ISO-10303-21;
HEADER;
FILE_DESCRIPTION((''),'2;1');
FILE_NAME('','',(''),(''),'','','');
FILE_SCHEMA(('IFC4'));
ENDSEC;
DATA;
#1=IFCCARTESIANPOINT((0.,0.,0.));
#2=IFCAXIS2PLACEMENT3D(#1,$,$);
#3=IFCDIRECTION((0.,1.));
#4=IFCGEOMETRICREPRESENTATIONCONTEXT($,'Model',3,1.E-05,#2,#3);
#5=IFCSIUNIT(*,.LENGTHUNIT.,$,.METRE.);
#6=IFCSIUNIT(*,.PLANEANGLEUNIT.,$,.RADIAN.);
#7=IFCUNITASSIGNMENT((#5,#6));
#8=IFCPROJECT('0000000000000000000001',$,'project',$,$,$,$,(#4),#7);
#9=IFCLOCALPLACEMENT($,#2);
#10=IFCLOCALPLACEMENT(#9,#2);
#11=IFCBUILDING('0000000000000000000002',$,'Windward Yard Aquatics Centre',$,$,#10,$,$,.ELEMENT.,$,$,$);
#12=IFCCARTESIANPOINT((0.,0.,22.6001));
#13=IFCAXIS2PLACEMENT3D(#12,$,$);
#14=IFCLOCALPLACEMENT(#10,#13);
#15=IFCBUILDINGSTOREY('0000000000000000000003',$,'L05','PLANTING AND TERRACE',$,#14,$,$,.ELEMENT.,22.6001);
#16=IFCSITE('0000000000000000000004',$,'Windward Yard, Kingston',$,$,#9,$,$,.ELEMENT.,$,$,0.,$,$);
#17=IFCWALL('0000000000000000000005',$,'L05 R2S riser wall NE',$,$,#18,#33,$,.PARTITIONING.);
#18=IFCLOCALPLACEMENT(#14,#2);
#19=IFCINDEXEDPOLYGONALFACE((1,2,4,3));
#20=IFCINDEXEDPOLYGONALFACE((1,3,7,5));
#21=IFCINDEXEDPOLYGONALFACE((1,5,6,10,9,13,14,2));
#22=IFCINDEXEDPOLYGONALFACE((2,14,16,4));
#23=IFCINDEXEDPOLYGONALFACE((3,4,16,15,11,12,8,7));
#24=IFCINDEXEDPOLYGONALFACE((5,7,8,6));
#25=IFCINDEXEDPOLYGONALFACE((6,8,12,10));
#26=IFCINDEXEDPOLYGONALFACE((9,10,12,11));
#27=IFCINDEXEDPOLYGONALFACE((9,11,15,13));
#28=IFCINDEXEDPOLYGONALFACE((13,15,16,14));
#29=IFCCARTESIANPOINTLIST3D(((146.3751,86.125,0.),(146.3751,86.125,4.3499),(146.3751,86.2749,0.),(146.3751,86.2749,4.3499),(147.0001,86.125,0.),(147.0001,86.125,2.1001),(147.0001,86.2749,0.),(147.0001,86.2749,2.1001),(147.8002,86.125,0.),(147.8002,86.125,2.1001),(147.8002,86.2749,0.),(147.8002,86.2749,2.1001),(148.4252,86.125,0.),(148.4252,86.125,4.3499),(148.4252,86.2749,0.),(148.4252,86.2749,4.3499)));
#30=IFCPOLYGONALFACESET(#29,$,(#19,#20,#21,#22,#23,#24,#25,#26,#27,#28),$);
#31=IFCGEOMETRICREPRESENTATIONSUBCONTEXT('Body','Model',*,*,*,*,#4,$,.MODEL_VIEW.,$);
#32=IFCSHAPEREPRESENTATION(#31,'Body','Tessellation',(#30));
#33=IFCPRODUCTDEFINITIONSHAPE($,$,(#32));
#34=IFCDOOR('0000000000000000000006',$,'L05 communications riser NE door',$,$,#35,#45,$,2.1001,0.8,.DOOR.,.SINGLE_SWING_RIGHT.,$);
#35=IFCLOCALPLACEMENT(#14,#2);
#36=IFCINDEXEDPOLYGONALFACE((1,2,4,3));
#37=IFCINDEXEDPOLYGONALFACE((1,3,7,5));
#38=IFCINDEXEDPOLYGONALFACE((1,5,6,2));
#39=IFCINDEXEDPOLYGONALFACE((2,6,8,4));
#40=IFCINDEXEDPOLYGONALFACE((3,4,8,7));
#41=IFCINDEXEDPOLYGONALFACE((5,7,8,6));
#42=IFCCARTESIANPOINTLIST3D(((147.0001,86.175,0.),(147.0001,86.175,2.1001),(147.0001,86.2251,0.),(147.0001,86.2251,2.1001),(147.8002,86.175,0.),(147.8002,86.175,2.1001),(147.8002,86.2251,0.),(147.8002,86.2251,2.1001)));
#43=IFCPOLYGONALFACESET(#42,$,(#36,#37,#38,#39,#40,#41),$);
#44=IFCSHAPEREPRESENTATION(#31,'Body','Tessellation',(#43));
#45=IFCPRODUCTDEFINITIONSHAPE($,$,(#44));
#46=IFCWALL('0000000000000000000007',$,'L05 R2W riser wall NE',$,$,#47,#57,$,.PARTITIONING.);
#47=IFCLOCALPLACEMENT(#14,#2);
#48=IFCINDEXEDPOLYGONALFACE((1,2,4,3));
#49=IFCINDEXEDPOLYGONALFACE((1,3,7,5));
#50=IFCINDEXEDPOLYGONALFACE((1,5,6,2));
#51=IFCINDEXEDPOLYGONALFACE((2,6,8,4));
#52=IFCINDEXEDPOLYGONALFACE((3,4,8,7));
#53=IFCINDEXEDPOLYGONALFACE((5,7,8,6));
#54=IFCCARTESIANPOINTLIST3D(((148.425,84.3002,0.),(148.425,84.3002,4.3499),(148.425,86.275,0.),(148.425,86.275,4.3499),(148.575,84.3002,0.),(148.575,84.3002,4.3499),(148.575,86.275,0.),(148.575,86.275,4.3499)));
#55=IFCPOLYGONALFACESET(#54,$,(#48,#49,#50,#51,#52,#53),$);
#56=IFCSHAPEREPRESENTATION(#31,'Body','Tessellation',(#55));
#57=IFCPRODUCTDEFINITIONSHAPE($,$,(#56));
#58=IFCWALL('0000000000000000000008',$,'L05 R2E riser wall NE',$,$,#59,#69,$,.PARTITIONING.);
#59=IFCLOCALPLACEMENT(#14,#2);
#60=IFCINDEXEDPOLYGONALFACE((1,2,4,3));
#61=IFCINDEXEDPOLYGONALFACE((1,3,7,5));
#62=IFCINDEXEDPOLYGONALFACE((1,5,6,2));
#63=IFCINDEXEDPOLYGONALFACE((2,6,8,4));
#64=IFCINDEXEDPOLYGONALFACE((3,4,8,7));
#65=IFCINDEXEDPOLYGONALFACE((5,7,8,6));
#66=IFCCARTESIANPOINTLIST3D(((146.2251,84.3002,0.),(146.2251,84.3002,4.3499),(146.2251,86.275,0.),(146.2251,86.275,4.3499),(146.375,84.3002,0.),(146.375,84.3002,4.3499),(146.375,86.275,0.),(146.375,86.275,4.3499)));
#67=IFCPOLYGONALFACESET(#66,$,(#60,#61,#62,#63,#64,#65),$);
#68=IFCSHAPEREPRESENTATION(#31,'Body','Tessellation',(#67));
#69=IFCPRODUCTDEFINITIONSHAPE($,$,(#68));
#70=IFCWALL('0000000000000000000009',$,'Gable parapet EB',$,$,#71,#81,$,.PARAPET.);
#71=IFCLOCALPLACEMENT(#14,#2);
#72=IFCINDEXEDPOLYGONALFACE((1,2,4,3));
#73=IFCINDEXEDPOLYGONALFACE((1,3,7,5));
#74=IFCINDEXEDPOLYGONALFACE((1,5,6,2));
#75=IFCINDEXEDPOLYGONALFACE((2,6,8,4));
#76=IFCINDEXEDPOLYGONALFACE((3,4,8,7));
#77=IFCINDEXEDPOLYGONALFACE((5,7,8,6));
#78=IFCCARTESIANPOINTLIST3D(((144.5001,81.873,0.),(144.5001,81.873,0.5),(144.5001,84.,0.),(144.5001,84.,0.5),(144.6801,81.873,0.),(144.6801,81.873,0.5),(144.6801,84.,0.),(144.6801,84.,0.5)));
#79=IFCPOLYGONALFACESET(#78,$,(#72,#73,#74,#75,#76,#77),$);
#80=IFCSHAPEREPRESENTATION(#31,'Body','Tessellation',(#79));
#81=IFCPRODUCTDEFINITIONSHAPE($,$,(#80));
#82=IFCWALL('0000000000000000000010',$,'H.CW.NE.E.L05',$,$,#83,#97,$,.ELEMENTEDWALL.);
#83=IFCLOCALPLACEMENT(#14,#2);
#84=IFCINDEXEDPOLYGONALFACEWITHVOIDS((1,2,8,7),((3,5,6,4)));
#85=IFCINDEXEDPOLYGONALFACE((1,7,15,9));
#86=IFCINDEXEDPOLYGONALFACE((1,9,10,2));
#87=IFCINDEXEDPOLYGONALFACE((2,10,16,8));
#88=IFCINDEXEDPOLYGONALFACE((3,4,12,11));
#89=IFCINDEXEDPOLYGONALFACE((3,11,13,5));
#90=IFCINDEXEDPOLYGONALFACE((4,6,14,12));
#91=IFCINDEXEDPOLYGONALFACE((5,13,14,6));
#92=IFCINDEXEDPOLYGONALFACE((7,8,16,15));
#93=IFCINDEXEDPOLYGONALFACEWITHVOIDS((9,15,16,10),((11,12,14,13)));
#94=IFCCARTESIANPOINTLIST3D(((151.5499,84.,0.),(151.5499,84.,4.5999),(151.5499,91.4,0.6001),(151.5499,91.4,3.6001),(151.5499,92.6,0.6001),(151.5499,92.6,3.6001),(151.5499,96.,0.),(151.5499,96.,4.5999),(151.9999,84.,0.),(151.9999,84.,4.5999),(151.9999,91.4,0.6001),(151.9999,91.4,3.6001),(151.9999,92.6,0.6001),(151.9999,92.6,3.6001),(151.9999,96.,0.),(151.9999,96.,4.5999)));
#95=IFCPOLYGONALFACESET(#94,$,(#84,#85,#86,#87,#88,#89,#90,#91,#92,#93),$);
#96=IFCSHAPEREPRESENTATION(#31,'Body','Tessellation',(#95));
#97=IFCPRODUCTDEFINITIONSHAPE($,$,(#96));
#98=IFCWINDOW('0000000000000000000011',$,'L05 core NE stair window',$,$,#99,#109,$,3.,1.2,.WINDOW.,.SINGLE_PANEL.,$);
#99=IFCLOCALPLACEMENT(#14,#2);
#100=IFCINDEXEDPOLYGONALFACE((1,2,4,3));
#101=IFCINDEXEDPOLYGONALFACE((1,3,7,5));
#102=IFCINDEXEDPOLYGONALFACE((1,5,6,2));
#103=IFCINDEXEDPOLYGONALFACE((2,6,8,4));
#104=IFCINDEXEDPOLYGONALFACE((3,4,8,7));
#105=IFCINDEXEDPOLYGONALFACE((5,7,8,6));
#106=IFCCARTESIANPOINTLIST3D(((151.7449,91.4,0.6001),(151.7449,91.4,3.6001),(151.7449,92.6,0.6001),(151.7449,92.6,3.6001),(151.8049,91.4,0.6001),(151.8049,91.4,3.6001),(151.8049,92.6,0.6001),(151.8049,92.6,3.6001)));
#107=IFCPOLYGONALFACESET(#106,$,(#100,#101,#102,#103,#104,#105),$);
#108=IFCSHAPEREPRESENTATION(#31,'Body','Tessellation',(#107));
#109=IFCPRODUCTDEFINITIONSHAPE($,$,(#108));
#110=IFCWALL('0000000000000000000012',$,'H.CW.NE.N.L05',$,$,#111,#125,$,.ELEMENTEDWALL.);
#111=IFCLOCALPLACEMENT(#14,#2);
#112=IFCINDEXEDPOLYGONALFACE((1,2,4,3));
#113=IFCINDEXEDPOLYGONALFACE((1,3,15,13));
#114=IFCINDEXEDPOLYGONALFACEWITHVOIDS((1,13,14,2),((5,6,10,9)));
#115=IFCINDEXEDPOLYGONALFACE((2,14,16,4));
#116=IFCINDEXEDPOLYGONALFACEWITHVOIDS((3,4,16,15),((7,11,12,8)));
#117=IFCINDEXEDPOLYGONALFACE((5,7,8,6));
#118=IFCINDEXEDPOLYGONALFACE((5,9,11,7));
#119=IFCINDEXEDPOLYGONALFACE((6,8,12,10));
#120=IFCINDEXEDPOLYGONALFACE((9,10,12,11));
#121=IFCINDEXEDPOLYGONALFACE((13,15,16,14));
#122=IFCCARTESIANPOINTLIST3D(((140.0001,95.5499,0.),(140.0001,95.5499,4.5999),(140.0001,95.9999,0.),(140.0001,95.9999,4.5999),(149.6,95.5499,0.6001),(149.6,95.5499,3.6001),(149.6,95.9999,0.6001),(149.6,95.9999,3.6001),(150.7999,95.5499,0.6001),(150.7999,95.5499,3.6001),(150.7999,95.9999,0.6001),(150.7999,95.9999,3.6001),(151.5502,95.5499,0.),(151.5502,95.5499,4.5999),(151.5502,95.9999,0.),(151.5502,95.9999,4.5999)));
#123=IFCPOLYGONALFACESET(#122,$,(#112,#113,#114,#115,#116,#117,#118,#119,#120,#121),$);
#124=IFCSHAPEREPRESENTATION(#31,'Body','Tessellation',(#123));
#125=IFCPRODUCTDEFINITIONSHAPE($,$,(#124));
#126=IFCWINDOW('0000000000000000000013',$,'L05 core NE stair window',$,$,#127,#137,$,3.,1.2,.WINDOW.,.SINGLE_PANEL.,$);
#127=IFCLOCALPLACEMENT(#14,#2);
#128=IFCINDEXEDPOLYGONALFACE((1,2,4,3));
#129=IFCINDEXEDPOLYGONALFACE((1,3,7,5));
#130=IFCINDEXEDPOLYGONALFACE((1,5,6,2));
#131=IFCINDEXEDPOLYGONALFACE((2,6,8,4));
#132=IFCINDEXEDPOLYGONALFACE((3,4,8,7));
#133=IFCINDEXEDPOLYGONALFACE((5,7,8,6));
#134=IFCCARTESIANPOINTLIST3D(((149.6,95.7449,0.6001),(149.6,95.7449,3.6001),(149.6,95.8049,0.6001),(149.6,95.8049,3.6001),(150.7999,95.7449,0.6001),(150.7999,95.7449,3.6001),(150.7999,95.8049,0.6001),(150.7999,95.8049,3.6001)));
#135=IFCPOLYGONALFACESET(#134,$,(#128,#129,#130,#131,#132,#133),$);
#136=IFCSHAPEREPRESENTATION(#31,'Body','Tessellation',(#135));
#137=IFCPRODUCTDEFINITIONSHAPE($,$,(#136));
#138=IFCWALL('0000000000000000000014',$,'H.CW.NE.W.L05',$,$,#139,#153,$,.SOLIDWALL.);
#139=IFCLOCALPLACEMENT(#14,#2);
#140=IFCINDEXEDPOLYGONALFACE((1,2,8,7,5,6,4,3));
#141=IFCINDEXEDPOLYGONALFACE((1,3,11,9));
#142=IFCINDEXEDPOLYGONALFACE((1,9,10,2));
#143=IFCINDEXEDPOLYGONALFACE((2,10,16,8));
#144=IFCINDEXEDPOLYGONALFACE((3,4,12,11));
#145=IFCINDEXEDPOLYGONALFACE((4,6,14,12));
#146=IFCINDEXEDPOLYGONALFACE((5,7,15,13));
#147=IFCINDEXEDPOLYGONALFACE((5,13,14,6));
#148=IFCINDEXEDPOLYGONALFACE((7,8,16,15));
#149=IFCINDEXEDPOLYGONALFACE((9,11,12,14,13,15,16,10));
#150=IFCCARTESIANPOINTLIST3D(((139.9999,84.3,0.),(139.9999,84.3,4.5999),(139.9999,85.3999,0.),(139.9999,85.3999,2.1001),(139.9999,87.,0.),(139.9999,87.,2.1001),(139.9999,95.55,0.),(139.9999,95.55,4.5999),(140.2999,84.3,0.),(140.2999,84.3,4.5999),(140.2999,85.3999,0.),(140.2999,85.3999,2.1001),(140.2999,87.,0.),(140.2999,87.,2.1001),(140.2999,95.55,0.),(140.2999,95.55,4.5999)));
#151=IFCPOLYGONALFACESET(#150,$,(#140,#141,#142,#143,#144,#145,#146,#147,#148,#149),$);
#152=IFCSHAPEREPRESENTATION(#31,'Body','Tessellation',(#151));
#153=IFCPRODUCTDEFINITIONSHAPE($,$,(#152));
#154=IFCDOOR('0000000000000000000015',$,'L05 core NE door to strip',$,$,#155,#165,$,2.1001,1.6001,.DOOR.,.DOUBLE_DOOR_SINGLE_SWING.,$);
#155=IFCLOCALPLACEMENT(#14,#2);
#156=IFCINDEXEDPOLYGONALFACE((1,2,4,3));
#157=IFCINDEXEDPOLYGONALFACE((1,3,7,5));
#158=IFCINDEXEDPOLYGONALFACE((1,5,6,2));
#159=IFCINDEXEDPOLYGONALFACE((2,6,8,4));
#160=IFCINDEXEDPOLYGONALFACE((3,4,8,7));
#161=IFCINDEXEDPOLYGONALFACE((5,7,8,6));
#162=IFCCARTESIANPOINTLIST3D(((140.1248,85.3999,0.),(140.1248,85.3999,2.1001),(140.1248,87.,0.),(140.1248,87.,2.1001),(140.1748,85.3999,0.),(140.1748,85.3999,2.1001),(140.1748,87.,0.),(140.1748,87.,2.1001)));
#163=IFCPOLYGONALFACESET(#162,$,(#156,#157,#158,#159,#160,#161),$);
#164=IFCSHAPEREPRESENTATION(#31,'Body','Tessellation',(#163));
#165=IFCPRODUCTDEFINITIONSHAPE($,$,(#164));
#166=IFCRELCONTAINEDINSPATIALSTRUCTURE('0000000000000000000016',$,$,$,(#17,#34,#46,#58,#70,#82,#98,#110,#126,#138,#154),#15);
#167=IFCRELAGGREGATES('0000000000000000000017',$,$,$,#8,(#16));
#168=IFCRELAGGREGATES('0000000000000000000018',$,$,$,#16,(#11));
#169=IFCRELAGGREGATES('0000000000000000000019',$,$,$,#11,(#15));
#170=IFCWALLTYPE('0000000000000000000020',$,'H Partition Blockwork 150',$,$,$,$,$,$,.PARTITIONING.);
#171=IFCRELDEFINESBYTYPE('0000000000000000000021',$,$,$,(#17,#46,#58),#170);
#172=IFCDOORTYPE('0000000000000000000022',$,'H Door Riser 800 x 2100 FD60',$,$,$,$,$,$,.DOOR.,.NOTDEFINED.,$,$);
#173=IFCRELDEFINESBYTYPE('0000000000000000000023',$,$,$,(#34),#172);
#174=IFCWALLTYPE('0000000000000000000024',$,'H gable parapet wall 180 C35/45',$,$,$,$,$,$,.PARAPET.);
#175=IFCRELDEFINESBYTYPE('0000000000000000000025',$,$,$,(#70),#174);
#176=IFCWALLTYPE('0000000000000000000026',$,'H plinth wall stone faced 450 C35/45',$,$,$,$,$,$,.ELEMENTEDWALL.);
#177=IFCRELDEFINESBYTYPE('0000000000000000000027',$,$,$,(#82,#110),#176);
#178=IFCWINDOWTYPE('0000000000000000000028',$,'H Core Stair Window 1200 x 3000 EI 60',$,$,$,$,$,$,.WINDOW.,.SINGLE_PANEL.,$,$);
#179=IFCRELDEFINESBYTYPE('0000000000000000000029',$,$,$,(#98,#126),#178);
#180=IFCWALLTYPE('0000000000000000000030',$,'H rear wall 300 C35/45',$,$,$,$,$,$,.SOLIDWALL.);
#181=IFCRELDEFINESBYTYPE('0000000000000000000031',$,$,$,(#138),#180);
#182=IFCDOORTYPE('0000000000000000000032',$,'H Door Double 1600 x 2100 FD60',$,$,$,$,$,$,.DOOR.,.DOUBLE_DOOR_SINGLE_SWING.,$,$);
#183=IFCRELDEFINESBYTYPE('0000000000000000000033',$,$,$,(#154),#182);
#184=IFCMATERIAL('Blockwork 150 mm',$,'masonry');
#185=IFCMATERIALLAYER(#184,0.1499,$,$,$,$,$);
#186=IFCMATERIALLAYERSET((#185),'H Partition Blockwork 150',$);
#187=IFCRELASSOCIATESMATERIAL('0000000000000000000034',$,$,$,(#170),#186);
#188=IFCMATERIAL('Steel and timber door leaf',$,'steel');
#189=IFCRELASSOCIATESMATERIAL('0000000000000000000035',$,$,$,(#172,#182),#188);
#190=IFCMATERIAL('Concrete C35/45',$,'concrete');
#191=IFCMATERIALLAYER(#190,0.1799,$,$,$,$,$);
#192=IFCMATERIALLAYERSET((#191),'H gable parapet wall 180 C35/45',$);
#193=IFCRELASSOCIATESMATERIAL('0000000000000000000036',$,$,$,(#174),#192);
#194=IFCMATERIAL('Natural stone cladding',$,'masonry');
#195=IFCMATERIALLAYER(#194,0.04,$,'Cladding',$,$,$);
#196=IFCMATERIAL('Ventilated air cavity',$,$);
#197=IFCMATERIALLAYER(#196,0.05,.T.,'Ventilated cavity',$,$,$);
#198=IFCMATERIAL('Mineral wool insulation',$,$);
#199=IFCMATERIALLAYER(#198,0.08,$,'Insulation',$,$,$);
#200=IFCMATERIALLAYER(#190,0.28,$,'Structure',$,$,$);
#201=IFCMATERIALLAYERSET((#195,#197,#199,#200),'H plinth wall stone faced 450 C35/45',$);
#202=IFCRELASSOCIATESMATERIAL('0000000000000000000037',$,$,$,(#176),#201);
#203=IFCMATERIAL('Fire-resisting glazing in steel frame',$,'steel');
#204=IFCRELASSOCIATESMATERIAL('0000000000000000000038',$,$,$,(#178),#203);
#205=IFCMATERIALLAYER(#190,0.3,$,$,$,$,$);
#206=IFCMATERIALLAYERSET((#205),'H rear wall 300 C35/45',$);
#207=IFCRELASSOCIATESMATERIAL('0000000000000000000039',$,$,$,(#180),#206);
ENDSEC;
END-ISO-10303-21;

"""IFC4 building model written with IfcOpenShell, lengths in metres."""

from ifc_helpers import new_model, si_unit, direction, frame, frame_2d, origin, place, context, subcontext, project, spatial, rectangle, extrude, material, layer, layer_set, type_object, element, fill, save


model = new_model("IFC4")

# Units and contexts
model_context = context("Model", 3, precision=1e-05, world=origin(), true_north=direction((0.0, 1.0)))
body_context = subcontext(model_context, "Body", "Model", "MODEL_VIEW")
ifc_project = project(units=[si_unit("LENGTHUNIT", "METRE"), si_unit("PLANEANGLEUNIT", "RADIAN")], contexts=[model_context])

# Site, building, storey
site_placement = place(None, origin())
site = spatial("IfcSite", under=ifc_project, at=site_placement, Name="Windward Yard, Kingston", CompositionType="ELEMENT", RefElevation=0.0)
building_placement = place(site_placement, origin())
building = spatial("IfcBuilding", under=site, at=building_placement, Name="Windward Yard Aquatics Centre", CompositionType="ELEMENT")
storey_placement = place(building_placement, frame((0.0, 0.0, 22.6001)))
storey = spatial("IfcBuildingStorey", under=building, at=storey_placement, Name="L05", Description="PLANTING AND TERRACE", CompositionType="ELEMENT", Elevation=22.6001)

# Shared definitions
ifc_material_1 = material(Name="Concrete C35/45", Category="concrete")

# Shared definitions
ifc_material_2 = material(Name="Steel and timber door leaf", Category="steel")

# Shared definitions
ifc_material_3 = material(Name="Blockwork 150 mm", Category="masonry")
ifc_layer_1 = layer(ifc_material_3, 0.1499)
ifc_layer_set_1 = layer_set([ifc_layer_1], Name="H Partition Blockwork 150")
wall_type_1 = type_object("IfcWallType", Name="H Partition Blockwork 150", PredefinedType="PARTITIONING", material=ifc_layer_set_1)

# Wall, opening, door
door_type_1 = type_object("IfcDoorType", Name="H Door Riser 800 x 2100 FD60", OperationType="NOTDEFINED", PredefinedType="DOOR", material=ifc_material_2)
wall_1_placement = place(storey_placement, frame((148.425, 86.2, 0.0), z_axis=(0.0, 0.0, 1.0), x_axis=(-1.0, 0.0, 0.0)))
wall_1 = element("IfcWall", 1, at=wall_1_placement, inside=storey, type_object=wall_type_1, Name="L05 R2S riser wall NE", PredefinedType="PARTITIONING", context=body_context, shape_type="SweptSolid", body=[
    extrude(rectangle(XDim=2.05, YDim=0.1499, at=frame_2d((1.0249, 0.0))), origin(), (0.0, 0.0, 1.0), 4.3499),
])
opening_1_placement = place(wall_1_placement, frame((0.625, 0.0, 0.0)))
opening_1 = element("IfcOpeningElement", 2, at=opening_1_placement, cuts=wall_1, PredefinedType="OPENING", context=body_context, shape_type="SweptSolid", body=[
    extrude(rectangle(XDim=0.8, YDim=2.1001, at=frame_2d((0.3999, 1.05))), frame((0.0, 0.085, 0.0), z_axis=(0.0, -1.0, 0.0), x_axis=(1.0, 0.0, 0.0)), (0.0, 0.0, 1.0), 0.1699),
])
door_1_placement = place(opening_1_placement, origin())
door_1 = element("IfcDoor", 3, at=door_1_placement, inside=storey, type_object=door_type_1, Name="L05 communications riser NE door", OperationType="SINGLE_SWING_RIGHT", OverallHeight=2.1001, OverallWidth=0.8, PredefinedType="DOOR", context=body_context, shape_type="SweptSolid", body=[
    extrude(rectangle(XDim=0.8, YDim=2.1001, at=frame_2d((0.3999, 1.05))), frame((0.0, 0.0249, 0.0), z_axis=(0.0, -1.0, 0.0), x_axis=(1.0, 0.0, 0.0)), (0.0, 0.0, 1.0), 0.05),
])
fill(opening_1, door_1)

# Walls
for number, where, z_axis, x_axis, name in (
    (4, (148.5, 86.2749, 0.0), (0.0, 0.0, 1.0), (0.0, -1.0, 0.0), "L05 R2W riser wall NE"),
    (5, (146.3, 86.2749, 0.0), (0.0, 0.0, 1.0), (0.0, -1.0, 0.0), "L05 R2E riser wall NE"),
):
    element("IfcWall", number, at=place(storey_placement, frame(where, z_axis=z_axis, x_axis=x_axis)), inside=storey, type_object=wall_type_1, Name=name, PredefinedType="PARTITIONING", context=body_context, shape_type="SweptSolid", body=[
        extrude(rectangle(XDim=1.9749, YDim=0.1499, at=frame_2d((0.9873, 0.0))), origin(), (0.0, 0.0, 1.0), 4.3499),
    ])
ifc_layer_2 = layer(ifc_material_1, 0.1799)
ifc_layer_set_2 = layer_set([ifc_layer_2], Name="H gable parapet wall 180 C35/45")
wall_type_2 = type_object("IfcWallType", Name="H gable parapet wall 180 C35/45", PredefinedType="PARAPET", material=ifc_layer_set_2)
wall_2_placement = place(storey_placement, frame((144.5901, 81.873, 0.0), z_axis=(0.0, 0.0, 1.0), x_axis=(0.0, 1.0, 0.0)))
element("IfcWall", 6, at=wall_2_placement, inside=storey, type_object=wall_type_2, Name="Gable parapet EB", PredefinedType="PARAPET", context=body_context, shape_type="SweptSolid", body=[
    extrude(rectangle(XDim=2.127, YDim=0.1799, at=frame_2d((1.0635, 0.0))), origin(), (0.0, 0.0, 1.0), 0.5),
])

# Walls, openings, windows
ifc_material_4 = material(Name="Natural stone cladding", Category="masonry")
ifc_layer_3 = layer(ifc_material_4, 0.04, Name="Cladding")
ifc_material_5 = material(Name="Ventilated air cavity")
ifc_layer_4 = layer(ifc_material_5, 0.05, ventilated=True, Name="Ventilated cavity")
ifc_material_6 = material(Name="Mineral wool insulation")
ifc_layer_5 = layer(ifc_material_6, 0.08, Name="Insulation")
ifc_layer_6 = layer(ifc_material_1, 0.28, Name="Structure")
ifc_layer_set_3 = layer_set([ifc_layer_3, ifc_layer_4, ifc_layer_5, ifc_layer_6], Name="H plinth wall stone faced 450 C35/45")
wall_type_3 = type_object("IfcWallType", Name="H plinth wall stone faced 450 C35/45", PredefinedType="ELEMENTEDWALL", material=ifc_layer_set_3)
wall_3_placement = place(storey_placement, frame((151.7749, 96.0, 0.0), z_axis=(0.0, 0.0, 1.0), x_axis=(0.0, -1.0, 0.0)))
wall_3 = element("IfcWall", 7, at=wall_3_placement, inside=storey, type_object=wall_type_3, Name="H.CW.NE.E.L05", PredefinedType="ELEMENTEDWALL", context=body_context, shape_type="SweptSolid", body=[
    extrude(rectangle(XDim=12.0, YDim=0.45, at=frame_2d((6.0, 0.0))), origin(), (0.0, 0.0, 1.0), 4.5999),
])
opening_2_placement = place(wall_3_placement, frame((3.3999, 0.0, 0.6001)))
opening_2 = element("IfcOpeningElement", 8, at=opening_2_placement, cuts=wall_3, PredefinedType="OPENING", context=body_context, shape_type="SweptSolid", body=[
    extrude(rectangle(XDim=1.2, YDim=3.0, at=frame_2d((0.6001, 1.5))), frame((0.0, 0.2349, 0.0), z_axis=(0.0, -1.0, 0.0), x_axis=(1.0, 0.0, 0.0)), (0.0, 0.0, 1.0), 0.47),
])
ifc_material_7 = material(Name="Fire-resisting glazing in steel frame", Category="steel")
window_type = type_object("IfcWindowType", Name="H Core Stair Window 1200 x 3000 EI 60", PartitioningType="SINGLE_PANEL", PredefinedType="WINDOW", material=ifc_material_7)
window_1_placement = place(opening_2_placement, origin())
window_1 = element("IfcWindow", 9, at=window_1_placement, inside=storey, type_object=window_type, Name="L05 core NE stair window", OverallHeight=3.0, OverallWidth=1.2, PartitioningType="SINGLE_PANEL", PredefinedType="WINDOW", context=body_context, shape_type="SweptSolid", body=[
    extrude(rectangle(XDim=1.2, YDim=3.0, at=frame_2d((0.6001, 1.5))), frame((0.0, 0.03, 0.0), z_axis=(0.0, -1.0, 0.0), x_axis=(1.0, 0.0, 0.0)), (0.0, 0.0, 1.0), 0.0601),
])
fill(opening_2, window_1)
wall_4_placement = place(storey_placement, frame((151.55, 95.7749, 0.0), z_axis=(0.0, 0.0, 1.0), x_axis=(-1.0, 0.0, 0.0)))
wall_4 = element("IfcWall", 10, at=wall_4_placement, inside=storey, type_object=wall_type_3, Name="H.CW.NE.N.L05", PredefinedType="ELEMENTEDWALL", context=body_context, shape_type="SweptSolid", body=[
    extrude(rectangle(XDim=11.55, YDim=0.45, at=frame_2d((5.7749, 0.0))), origin(), (0.0, 0.0, 1.0), 4.5999),
])
opening_3_placement = place(wall_4_placement, frame((0.75, 0.0, 0.6001)))
opening_3 = element("IfcOpeningElement", 11, at=opening_3_placement, cuts=wall_4, PredefinedType="OPENING", context=body_context, shape_type="SweptSolid", body=[
    extrude(rectangle(XDim=1.2, YDim=3.0, at=frame_2d((0.6001, 1.5))), frame((0.0, 0.2349, 0.0), z_axis=(0.0, -1.0, 0.0), x_axis=(1.0, 0.0, 0.0)), (0.0, 0.0, 1.0), 0.47),
])
window_2_placement = place(opening_3_placement, origin())
window_2 = element("IfcWindow", 12, at=window_2_placement, inside=storey, type_object=window_type, Name="L05 core NE stair window", OverallHeight=3.0, OverallWidth=1.2, PartitioningType="SINGLE_PANEL", PredefinedType="WINDOW", context=body_context, shape_type="SweptSolid", body=[
    extrude(rectangle(XDim=1.2, YDim=3.0, at=frame_2d((0.6001, 1.5))), frame((0.0, 0.03, 0.0), z_axis=(0.0, -1.0, 0.0), x_axis=(1.0, 0.0, 0.0)), (0.0, 0.0, 1.0), 0.0601),
])
fill(opening_3, window_2)

# Wall, opening, door
ifc_layer_7 = layer(ifc_material_1, 0.3)
ifc_layer_set_4 = layer_set([ifc_layer_7], Name="H rear wall 300 C35/45")
wall_type_4 = type_object("IfcWallType", Name="H rear wall 300 C35/45", PredefinedType="SOLIDWALL", material=ifc_layer_set_4)
wall_5_placement = place(storey_placement, frame((140.1499, 95.55, 0.0), z_axis=(0.0, 0.0, 1.0), x_axis=(0.0, -1.0, 0.0)))
wall_5 = element("IfcWall", 13, at=wall_5_placement, inside=storey, type_object=wall_type_4, Name="H.CW.NE.W.L05", PredefinedType="SOLIDWALL", context=body_context, shape_type="SweptSolid", body=[
    extrude(rectangle(XDim=11.25, YDim=0.3, at=frame_2d((5.625, 0.0))), origin(), (0.0, 0.0, 1.0), 4.5999),
])
opening_4_placement = place(wall_5_placement, frame((8.55, 0.0, 0.0)))
opening_4 = element("IfcOpeningElement", 14, at=opening_4_placement, cuts=wall_5, PredefinedType="OPENING", context=body_context, shape_type="SweptSolid", body=[
    extrude(rectangle(XDim=1.6001, YDim=2.1001, at=frame_2d((0.8, 1.05))), frame((0.0, 0.1602, 0.0), z_axis=(0.0, -1.0, 0.0), x_axis=(1.0, 0.0, 0.0)), (0.0, 0.0, 1.0), 0.3201),
])
door_type_2 = type_object("IfcDoorType", Name="H Door Double 1600 x 2100 FD60", OperationType="DOUBLE_DOOR_SINGLE_SWING", PredefinedType="DOOR", material=ifc_material_2)
door_2_placement = place(opening_4_placement, origin())
door_2 = element("IfcDoor", 15, at=door_2_placement, inside=storey, type_object=door_type_2, Name="L05 core NE door to strip", OperationType="DOUBLE_DOOR_SINGLE_SWING", OverallHeight=2.1001, OverallWidth=1.6001, PredefinedType="DOOR", context=body_context, shape_type="SweptSolid", body=[
    extrude(rectangle(XDim=1.6001, YDim=2.1001, at=frame_2d((0.8, 1.05))), frame((0.0, 0.0249, 0.0), z_axis=(0.0, -1.0, 0.0), x_axis=(1.0, 0.0, 0.0)), (0.0, 0.0, 1.0), 0.05),
])
fill(opening_4, door_2)

save(model, "model.ifc")
